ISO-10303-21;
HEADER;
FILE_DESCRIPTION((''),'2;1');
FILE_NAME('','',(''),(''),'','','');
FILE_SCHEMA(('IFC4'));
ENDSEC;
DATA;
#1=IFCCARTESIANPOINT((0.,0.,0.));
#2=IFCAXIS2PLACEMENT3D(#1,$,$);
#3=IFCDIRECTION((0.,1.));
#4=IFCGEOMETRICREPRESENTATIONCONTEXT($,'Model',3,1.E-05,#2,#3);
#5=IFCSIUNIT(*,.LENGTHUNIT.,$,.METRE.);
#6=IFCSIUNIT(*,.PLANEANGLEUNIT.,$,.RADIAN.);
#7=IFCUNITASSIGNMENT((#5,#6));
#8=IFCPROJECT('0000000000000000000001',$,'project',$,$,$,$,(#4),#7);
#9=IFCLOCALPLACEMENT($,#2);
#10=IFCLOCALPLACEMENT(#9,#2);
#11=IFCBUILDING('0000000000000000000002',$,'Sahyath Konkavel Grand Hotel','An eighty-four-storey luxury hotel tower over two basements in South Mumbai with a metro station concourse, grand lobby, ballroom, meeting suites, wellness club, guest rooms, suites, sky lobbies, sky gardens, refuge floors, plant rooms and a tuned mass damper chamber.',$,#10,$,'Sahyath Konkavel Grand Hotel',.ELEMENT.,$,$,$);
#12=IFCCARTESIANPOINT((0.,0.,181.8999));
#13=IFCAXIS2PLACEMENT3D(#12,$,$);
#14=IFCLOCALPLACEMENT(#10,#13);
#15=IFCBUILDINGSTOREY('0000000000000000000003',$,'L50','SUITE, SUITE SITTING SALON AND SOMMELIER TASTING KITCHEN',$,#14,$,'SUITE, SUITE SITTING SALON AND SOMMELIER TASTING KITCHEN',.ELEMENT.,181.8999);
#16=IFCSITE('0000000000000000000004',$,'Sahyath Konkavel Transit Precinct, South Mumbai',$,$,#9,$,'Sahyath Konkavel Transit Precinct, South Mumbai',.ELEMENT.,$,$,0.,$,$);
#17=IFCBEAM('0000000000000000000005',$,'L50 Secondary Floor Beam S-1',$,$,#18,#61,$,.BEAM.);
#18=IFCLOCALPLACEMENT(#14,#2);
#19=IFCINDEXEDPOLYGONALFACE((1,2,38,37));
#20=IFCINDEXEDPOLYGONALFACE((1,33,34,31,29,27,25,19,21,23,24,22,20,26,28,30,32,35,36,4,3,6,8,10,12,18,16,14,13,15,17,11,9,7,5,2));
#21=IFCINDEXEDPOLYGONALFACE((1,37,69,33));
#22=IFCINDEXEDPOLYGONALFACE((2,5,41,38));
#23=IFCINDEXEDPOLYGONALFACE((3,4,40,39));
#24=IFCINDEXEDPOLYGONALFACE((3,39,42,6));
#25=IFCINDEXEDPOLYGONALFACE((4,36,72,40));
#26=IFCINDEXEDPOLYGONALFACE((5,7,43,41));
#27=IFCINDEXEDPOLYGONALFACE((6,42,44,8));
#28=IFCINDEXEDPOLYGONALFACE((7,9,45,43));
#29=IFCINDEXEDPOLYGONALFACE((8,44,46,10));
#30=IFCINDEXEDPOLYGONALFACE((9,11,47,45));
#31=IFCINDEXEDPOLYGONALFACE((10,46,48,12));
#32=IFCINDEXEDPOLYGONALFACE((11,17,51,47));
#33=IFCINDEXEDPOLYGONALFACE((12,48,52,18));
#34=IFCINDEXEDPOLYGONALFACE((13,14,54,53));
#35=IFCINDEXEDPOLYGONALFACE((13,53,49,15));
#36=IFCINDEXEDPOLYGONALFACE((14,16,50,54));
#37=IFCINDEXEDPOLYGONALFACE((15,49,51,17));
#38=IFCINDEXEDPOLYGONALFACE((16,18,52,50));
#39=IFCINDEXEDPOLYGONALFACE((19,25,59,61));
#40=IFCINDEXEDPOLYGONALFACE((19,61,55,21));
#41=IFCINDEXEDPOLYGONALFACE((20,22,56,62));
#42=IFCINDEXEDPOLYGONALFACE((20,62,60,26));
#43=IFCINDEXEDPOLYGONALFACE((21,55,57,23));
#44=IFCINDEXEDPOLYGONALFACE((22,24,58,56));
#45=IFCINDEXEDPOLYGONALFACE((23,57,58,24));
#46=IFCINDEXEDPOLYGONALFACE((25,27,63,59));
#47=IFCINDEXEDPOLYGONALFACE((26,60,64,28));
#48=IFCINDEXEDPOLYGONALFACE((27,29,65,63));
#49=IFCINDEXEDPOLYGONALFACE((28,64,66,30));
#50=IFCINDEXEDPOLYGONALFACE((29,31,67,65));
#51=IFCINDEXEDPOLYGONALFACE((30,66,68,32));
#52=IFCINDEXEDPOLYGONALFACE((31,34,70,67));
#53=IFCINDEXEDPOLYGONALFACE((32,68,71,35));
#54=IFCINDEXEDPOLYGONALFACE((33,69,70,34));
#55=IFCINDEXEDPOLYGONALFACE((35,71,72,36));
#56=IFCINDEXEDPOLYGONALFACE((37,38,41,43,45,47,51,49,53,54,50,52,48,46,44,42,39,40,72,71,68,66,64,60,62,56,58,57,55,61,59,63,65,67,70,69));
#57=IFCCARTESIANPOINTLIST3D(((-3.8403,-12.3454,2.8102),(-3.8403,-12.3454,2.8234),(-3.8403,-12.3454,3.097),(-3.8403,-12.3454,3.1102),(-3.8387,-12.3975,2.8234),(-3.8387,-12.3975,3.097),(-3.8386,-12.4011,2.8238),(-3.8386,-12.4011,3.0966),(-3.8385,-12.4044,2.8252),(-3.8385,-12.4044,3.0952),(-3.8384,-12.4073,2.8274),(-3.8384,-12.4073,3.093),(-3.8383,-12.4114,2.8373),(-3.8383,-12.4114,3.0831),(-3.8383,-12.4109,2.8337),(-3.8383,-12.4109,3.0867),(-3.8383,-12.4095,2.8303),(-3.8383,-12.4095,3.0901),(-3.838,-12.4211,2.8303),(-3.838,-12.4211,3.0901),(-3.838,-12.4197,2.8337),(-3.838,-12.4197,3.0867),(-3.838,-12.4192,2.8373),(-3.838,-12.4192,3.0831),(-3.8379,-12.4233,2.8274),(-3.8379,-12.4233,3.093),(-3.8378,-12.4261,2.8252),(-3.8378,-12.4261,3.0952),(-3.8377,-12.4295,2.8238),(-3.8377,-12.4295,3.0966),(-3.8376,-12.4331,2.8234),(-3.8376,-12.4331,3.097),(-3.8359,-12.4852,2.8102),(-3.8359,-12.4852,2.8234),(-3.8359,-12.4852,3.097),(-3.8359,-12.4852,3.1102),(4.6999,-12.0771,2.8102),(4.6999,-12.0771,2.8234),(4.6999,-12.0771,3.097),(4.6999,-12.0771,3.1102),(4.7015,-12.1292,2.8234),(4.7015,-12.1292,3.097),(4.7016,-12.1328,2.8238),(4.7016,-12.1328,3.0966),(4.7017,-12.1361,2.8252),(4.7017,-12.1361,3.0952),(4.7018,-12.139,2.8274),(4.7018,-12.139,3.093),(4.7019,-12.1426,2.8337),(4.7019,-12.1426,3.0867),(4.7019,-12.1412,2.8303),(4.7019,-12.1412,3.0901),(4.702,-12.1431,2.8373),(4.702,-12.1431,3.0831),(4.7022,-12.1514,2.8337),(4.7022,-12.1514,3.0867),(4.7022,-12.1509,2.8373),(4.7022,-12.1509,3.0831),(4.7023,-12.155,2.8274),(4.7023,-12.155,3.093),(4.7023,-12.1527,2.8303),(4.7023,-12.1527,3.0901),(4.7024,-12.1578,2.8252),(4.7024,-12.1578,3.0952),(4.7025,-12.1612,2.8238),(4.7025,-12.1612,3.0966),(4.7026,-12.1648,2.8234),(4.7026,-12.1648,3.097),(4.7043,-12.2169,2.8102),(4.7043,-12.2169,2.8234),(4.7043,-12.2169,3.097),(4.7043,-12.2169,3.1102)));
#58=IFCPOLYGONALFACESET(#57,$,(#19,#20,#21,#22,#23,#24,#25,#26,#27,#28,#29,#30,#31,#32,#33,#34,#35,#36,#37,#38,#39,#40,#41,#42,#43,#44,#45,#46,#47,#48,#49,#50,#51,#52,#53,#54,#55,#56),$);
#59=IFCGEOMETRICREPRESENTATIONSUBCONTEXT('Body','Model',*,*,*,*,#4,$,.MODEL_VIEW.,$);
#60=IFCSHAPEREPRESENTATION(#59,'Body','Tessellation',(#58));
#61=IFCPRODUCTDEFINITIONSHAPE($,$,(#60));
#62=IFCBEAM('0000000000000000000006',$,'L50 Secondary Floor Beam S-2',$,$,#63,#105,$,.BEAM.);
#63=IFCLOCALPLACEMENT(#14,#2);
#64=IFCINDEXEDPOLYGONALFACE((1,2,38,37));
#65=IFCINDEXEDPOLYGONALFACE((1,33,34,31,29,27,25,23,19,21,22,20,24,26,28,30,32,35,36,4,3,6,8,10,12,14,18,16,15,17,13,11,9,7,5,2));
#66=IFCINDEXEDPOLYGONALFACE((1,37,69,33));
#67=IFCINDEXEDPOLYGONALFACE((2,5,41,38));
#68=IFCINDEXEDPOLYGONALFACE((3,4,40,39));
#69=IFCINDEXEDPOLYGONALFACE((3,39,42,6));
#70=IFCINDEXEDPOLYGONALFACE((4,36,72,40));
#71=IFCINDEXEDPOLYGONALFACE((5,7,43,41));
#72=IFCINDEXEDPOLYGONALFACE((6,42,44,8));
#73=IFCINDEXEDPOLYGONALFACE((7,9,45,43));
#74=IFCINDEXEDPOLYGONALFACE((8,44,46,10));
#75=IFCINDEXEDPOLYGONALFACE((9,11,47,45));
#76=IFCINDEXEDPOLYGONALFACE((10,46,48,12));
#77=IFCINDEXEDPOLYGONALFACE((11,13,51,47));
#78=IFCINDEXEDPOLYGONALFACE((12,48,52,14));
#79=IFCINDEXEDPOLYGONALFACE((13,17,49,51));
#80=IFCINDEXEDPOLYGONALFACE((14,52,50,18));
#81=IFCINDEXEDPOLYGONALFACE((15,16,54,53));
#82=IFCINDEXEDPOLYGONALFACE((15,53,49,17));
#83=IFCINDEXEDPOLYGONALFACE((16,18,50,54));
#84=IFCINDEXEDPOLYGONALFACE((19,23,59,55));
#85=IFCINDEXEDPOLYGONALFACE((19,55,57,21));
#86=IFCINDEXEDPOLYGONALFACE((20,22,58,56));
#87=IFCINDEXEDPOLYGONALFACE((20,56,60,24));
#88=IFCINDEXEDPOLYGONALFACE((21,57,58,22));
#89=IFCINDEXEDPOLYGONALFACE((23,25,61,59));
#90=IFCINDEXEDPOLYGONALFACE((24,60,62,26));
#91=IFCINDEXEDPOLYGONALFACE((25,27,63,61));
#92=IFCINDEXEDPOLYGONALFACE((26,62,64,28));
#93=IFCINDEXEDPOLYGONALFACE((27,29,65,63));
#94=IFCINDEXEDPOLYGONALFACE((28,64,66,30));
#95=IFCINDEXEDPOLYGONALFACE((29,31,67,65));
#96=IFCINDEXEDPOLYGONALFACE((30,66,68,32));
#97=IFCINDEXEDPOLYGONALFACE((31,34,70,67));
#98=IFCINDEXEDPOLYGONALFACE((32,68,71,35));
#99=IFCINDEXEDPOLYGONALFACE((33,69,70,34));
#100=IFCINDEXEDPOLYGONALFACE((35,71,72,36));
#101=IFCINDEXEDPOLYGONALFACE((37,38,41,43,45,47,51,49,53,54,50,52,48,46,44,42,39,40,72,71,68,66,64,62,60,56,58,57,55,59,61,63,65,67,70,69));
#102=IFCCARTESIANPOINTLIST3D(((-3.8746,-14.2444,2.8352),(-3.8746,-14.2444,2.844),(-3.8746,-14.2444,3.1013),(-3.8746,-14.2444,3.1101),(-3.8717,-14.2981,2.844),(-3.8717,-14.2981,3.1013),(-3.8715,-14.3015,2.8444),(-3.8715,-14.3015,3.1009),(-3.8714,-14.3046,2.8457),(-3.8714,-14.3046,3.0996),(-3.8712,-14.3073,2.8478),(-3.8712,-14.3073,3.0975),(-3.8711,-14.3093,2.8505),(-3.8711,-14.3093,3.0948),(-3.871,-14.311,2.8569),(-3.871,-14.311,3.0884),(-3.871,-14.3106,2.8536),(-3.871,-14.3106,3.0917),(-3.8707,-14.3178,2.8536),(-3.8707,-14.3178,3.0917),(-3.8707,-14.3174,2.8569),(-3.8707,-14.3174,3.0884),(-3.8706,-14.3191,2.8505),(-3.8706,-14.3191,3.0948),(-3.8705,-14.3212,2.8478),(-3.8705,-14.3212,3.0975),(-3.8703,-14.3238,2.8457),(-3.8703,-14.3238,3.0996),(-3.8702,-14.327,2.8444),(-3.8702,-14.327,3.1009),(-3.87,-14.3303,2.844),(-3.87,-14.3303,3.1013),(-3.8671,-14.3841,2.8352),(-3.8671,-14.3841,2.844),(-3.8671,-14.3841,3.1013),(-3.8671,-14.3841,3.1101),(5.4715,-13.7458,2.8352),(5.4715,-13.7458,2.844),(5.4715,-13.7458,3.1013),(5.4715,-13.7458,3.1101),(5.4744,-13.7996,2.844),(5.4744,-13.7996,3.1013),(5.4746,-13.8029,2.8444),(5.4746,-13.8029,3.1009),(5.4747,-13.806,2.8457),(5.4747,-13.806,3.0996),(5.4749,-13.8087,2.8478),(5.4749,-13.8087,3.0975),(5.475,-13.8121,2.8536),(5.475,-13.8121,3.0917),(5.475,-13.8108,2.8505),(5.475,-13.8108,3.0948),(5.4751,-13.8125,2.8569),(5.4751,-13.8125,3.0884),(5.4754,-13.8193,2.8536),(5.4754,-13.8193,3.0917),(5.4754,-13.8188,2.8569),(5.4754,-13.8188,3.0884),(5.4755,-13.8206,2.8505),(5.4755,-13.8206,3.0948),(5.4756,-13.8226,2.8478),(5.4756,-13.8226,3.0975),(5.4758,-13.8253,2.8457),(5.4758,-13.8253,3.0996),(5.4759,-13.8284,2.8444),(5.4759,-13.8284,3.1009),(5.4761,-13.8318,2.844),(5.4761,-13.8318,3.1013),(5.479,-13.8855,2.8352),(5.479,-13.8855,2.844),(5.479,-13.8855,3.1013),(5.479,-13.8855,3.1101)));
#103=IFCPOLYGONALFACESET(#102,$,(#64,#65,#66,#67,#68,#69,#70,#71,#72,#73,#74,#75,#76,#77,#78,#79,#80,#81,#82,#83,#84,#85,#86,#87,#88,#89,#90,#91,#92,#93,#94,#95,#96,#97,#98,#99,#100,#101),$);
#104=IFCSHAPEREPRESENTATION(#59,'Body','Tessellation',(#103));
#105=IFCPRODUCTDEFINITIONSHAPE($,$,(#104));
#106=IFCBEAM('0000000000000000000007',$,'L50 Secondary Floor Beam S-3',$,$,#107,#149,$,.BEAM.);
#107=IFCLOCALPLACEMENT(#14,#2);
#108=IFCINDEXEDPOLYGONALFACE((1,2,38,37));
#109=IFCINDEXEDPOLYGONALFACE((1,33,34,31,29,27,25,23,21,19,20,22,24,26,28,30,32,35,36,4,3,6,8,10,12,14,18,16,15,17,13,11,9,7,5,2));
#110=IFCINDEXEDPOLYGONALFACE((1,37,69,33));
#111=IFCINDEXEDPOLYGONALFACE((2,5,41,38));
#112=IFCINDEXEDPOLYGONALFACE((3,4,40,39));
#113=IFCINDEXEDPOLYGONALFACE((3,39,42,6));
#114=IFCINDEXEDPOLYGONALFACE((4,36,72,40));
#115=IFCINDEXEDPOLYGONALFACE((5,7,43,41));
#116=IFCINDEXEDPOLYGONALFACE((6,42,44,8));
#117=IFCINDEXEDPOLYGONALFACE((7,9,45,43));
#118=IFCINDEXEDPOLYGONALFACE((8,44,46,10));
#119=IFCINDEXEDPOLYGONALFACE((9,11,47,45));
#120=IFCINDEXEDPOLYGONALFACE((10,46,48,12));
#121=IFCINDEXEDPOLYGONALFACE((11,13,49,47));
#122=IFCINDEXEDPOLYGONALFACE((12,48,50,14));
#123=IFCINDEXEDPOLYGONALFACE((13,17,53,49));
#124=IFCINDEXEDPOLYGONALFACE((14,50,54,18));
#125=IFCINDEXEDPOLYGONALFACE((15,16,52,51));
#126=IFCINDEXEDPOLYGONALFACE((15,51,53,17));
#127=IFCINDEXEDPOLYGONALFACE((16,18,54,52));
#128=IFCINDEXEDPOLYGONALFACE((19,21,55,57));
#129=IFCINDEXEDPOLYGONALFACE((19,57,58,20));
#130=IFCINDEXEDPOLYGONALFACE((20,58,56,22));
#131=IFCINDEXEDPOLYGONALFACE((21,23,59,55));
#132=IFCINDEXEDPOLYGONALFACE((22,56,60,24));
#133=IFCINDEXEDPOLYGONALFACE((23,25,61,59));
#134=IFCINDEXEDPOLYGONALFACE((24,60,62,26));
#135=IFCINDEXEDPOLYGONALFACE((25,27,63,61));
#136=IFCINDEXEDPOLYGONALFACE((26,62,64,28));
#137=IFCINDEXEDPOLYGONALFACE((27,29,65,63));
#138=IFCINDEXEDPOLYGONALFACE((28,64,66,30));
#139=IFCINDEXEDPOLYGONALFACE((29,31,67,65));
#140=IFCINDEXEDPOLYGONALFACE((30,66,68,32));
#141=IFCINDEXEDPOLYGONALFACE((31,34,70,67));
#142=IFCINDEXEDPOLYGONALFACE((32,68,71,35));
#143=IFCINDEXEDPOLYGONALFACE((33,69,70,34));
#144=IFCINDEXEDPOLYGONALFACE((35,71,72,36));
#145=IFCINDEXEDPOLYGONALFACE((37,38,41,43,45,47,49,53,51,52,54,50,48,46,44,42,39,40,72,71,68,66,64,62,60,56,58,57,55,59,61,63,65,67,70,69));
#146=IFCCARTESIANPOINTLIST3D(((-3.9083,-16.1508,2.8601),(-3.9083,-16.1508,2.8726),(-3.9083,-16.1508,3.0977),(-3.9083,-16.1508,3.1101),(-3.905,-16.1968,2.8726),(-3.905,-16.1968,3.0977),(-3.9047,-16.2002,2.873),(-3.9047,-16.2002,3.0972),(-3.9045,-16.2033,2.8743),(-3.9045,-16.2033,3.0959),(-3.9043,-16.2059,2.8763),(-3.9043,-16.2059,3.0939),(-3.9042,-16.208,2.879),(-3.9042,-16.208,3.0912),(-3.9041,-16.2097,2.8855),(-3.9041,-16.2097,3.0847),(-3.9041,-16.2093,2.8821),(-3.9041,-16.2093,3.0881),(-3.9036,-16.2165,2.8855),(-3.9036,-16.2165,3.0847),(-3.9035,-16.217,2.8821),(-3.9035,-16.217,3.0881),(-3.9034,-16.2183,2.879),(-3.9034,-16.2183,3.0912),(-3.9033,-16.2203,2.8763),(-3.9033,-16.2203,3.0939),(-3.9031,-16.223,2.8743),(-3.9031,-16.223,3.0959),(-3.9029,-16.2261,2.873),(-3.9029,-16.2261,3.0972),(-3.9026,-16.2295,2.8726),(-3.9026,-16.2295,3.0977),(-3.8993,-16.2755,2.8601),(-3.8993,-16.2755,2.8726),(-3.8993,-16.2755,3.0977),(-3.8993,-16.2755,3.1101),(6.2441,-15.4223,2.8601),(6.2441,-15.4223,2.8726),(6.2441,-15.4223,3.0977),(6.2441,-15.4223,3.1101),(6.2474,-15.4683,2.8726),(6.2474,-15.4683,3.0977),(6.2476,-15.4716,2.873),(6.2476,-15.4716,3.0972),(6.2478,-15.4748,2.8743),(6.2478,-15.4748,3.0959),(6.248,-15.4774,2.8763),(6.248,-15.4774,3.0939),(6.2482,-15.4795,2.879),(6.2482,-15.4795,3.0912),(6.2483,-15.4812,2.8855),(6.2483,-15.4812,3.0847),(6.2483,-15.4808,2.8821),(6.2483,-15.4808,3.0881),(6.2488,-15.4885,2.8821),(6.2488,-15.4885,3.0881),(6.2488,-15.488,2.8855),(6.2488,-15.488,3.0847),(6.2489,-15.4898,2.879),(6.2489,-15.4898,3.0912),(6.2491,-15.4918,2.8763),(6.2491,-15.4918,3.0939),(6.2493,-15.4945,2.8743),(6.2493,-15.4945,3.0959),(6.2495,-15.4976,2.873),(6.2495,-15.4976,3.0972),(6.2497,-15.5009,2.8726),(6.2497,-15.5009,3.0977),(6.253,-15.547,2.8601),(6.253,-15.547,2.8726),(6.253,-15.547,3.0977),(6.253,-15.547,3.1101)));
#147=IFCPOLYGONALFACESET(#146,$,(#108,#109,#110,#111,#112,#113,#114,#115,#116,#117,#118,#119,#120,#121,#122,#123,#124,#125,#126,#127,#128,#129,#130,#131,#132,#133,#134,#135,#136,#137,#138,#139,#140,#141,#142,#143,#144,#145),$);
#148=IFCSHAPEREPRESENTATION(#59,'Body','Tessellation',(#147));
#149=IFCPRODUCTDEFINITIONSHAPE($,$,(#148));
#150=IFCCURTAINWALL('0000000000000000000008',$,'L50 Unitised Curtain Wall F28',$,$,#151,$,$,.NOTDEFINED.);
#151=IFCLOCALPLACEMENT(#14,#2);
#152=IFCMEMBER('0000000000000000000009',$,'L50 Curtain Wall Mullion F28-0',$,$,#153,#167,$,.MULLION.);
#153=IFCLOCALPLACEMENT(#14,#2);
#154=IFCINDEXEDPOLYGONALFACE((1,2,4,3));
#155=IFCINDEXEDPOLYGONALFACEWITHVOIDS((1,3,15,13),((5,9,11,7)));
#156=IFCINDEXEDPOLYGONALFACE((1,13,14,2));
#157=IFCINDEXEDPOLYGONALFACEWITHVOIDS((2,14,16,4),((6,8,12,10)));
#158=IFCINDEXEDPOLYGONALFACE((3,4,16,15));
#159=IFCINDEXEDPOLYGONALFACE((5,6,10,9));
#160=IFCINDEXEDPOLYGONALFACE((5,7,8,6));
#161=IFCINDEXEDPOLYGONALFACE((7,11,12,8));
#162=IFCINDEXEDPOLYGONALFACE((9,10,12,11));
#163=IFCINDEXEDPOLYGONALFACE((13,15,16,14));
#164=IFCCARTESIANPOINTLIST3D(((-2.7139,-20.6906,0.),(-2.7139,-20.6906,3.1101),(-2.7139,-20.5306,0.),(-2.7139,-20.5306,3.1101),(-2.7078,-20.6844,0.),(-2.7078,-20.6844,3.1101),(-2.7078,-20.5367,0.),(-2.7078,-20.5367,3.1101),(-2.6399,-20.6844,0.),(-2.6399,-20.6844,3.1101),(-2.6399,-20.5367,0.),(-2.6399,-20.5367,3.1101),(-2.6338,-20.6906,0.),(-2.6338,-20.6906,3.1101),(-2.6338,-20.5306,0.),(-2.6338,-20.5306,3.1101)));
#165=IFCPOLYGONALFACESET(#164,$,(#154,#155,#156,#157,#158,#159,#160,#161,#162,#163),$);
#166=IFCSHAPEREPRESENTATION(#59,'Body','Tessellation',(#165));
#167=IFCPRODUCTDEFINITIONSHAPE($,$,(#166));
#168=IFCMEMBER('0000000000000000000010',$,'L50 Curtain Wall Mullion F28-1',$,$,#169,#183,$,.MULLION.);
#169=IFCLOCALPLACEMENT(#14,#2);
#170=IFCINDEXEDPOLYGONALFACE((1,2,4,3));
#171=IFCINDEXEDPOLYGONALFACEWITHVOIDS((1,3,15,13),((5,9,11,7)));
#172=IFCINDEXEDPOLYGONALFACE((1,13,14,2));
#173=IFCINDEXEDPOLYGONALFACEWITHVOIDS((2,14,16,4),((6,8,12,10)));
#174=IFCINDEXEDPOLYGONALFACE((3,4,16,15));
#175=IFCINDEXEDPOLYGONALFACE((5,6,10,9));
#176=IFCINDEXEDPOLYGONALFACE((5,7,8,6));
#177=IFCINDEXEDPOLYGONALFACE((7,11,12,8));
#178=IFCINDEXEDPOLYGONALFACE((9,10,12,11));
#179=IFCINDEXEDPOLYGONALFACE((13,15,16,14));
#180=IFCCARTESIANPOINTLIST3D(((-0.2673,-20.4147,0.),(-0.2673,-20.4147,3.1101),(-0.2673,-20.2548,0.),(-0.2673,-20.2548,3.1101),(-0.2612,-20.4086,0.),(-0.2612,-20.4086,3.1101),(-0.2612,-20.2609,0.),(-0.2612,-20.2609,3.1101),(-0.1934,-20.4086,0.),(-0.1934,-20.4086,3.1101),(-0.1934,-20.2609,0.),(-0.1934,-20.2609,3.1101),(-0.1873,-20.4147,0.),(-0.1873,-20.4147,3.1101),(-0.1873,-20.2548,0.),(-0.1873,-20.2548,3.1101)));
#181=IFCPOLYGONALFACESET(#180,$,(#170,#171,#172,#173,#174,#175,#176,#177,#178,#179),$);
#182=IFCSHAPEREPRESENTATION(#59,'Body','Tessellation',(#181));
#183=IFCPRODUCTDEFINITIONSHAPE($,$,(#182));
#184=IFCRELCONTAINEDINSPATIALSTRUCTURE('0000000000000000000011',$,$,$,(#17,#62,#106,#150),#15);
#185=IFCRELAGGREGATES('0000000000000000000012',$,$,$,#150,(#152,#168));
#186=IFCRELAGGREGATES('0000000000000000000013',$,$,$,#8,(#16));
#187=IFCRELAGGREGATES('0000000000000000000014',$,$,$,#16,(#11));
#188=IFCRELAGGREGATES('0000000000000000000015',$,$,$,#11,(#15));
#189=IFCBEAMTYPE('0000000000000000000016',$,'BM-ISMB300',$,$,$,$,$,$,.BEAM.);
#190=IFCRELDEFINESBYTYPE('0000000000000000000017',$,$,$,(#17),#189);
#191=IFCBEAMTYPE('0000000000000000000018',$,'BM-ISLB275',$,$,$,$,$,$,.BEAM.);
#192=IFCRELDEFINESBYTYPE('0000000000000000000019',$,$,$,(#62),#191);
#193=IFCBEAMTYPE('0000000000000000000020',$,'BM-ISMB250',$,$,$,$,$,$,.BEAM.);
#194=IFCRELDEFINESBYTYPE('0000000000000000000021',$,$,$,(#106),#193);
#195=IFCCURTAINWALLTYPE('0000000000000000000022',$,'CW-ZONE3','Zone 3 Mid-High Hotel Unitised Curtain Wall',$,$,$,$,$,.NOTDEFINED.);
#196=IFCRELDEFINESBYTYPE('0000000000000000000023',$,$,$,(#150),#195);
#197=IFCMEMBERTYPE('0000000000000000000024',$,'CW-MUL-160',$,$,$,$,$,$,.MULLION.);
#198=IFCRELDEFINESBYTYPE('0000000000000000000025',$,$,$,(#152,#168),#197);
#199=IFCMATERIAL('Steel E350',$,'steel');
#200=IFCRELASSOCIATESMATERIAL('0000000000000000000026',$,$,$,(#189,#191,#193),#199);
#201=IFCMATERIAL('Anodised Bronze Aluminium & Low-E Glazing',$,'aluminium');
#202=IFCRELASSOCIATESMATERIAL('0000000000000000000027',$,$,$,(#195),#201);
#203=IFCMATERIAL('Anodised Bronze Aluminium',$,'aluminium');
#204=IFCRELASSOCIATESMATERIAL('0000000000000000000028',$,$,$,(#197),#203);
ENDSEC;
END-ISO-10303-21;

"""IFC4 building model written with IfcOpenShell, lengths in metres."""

from ifc_helpers import new_model, si_unit, direction, frame, origin, origin_2d, place, context, subcontext, project, spatial, hollow_rectangle, i_section, extrude, source, transform, mapped, material, material_profile, profile_set, type_object, element, aggregate, save


model = new_model("IFC4")

# Units and contexts
model_context = context("Model", 3, precision=1e-05, world=origin(), true_north=direction((0.0, 1.0)))
body_context = subcontext(model_context, "Body", "Model", "MODEL_VIEW")
ifc_project = project(units=[si_unit("LENGTHUNIT", "METRE"), si_unit("PLANEANGLEUNIT", "RADIAN")], contexts=[model_context])

# Site, building, storey
site_placement = place(None, origin())
site = spatial("IfcSite", under=ifc_project, at=site_placement, Name="Sahyath Konkavel Transit Precinct, South Mumbai", LongName="Sahyath Konkavel Transit Precinct, South Mumbai", CompositionType="ELEMENT", RefElevation=0.0)
building_placement = place(site_placement, origin())
building = spatial("IfcBuilding", under=site, at=building_placement, Name="Sahyath Konkavel Grand Hotel", Description="An eighty-four-storey luxury hotel tower over two basements in South Mumbai with a metro station concourse, grand lobby, ballroom, meeting suites, wellness club, guest rooms, suites, sky lobbies, sky gardens, refuge floors, plant rooms and a tuned mass damper chamber.", LongName="Sahyath Konkavel Grand Hotel", CompositionType="ELEMENT")
storey_placement = place(building_placement, frame((0.0, 0.0, 181.8999)))
storey = spatial("IfcBuildingStorey", under=building, at=storey_placement, Name="L50", Description="SUITE, SUITE SITTING SALON AND SOMMELIER TASTING KITCHEN", LongName="SUITE, SUITE SITTING SALON AND SOMMELIER TASTING KITCHEN", CompositionType="ELEMENT", Elevation=181.8999)

# Beams
ifc_material_1 = material(Name="Steel E350", Category="steel")
ifc_material_profile_1 = material_profile(ifc_material_1, i_section(OverallWidth=0.1399, OverallDepth=0.3, WebThickness=0.0078, FlangeThickness=0.0132, FilletRadius=0.0139, at=origin_2d()), Name="ISMB 300")
ifc_profile_set_1 = profile_set([ifc_material_profile_1], Name="Steel E350")
beam_type_1 = type_object("IfcBeamType", Name="BM-ISMB300", PredefinedType="BEAM", material=ifc_profile_set_1)
shared_shape_1 = source(origin(), body_context, "Body", "SweptSolid", [
    extrude(i_section(OverallWidth=0.1399, OverallDepth=0.3, WebThickness=0.0078, FlangeThickness=0.0132, FilletRadius=0.0139, at=origin_2d()), origin(), (0.0, 0.0, 1.0), 8.5444),
])
beam_1_placement = place(storey_placement, frame((-3.8381, -12.4153, 2.9602), z_axis=(0.999507, 0.031402, 0.0), x_axis=(-0.031402, 0.999507, 0.0)))
element("IfcBeam", 1, at=beam_1_placement, inside=storey, type_object=beam_type_1, Name="L50 Secondary Floor Beam S-1", PredefinedType="BEAM", context=body_context, shape_type="MappedRepresentation", body=[
    mapped(shared_shape_1, transform((0.0, 0.0, 0.0), scale=1.0)),
])
ifc_material_profile_2 = material_profile(ifc_material_1, i_section(OverallWidth=0.1399, OverallDepth=0.2749, WebThickness=0.0063, FlangeThickness=0.0088, FilletRadius=0.0129, at=origin_2d()), Name="ISLB 275")
ifc_profile_set_2 = profile_set([ifc_material_profile_2], Name="Steel E350")
beam_type_2 = type_object("IfcBeamType", Name="BM-ISLB275", PredefinedType="BEAM", material=ifc_profile_set_2)
shared_shape_2 = source(origin(), body_context, "Body", "SweptSolid", [
    extrude(i_section(OverallWidth=0.1399, OverallDepth=0.2749, WebThickness=0.0063, FlangeThickness=0.0088, FilletRadius=0.0129, at=origin_2d()), origin(), (0.0, 0.0, 1.0), 9.3594),
])
beam_2_placement = place(storey_placement, frame((-3.8708, -14.3142, 2.9727), z_axis=(0.99858, 0.053265, 0.0), x_axis=(-0.053265, 0.99858, 0.0)))
element("IfcBeam", 2, at=beam_2_placement, inside=storey, type_object=beam_type_2, Name="L50 Secondary Floor Beam S-2", PredefinedType="BEAM", context=body_context, shape_type="MappedRepresentation", body=[
    mapped(shared_shape_2, transform((0.0, 0.0, 0.0), scale=1.0)),
])
ifc_material_profile_3 = material_profile(ifc_material_1, i_section(OverallWidth=0.125, OverallDepth=0.25, WebThickness=0.0068, FlangeThickness=0.0125, FilletRadius=0.0129, at=origin_2d()), Name="ISMB 250")
ifc_profile_set_3 = profile_set([ifc_material_profile_3], Name="Steel E350")
beam_type_3 = type_object("IfcBeamType", Name="BM-ISMB250", PredefinedType="BEAM", material=ifc_profile_set_3)
shared_shape_3 = source(origin(), body_context, "Body", "SweptSolid", [
    extrude(i_section(OverallWidth=0.125, OverallDepth=0.25, WebThickness=0.0068, FlangeThickness=0.0125, FilletRadius=0.0129, at=origin_2d()), origin(), (0.0, 0.0, 1.0), 10.1785),
])
beam_3_placement = place(storey_placement, frame((-3.9038, -16.2131, 2.9851), z_axis=(0.997435, 0.071574, 0.0), x_axis=(-0.071574, 0.997435, 0.0)))
element("IfcBeam", 3, at=beam_3_placement, inside=storey, type_object=beam_type_3, Name="L50 Secondary Floor Beam S-3", PredefinedType="BEAM", context=body_context, shape_type="MappedRepresentation", body=[
    mapped(shared_shape_3, transform((0.0, 0.0, 0.0), scale=1.0)),
])

# Curtain wall, members
ifc_material_2 = material(Name="Anodised Bronze Aluminium & Low-E Glazing", Category="aluminium")
curtain_wall_type = type_object("IfcCurtainWallType", Name="CW-ZONE3", Description="Zone 3 Mid-High Hotel Unitised Curtain Wall", PredefinedType="NOTDEFINED", material=ifc_material_2)
curtain_wall_placement = place(storey_placement, origin())
curtain_wall = element("IfcCurtainWall", 4, at=curtain_wall_placement, inside=storey, type_object=curtain_wall_type, Name="L50 Unitised Curtain Wall F28", PredefinedType="NOTDEFINED")
ifc_material_3 = material(Name="Anodised Bronze Aluminium", Category="aluminium")
ifc_material_profile_4 = material_profile(ifc_material_3, hollow_rectangle(XDim=0.0801, YDim=0.1599, WallThickness=0.0061, at=origin_2d()), Name="RHS 160x80x6")
ifc_profile_set_4 = profile_set([ifc_material_profile_4], Name="Anodised Bronze Aluminium")
member_type_1 = type_object("IfcMemberType", Name="CW-MUL-160", PredefinedType="MULLION", material=ifc_profile_set_4)
shared_shape_4 = source(origin(), body_context, "Body", "SweptSolid", [
    extrude(hollow_rectangle(XDim=0.0801, YDim=0.1599, WallThickness=0.0061, at=origin_2d()), origin(), (0.0, 0.0, 1.0), 3.1101),
])
member_1_placement = place(storey_placement, frame((-2.6738, -20.6106, 0.0), z_axis=(0.0, 0.0, 1.0), x_axis=(1.0, 0.0, 0.0)))
member_1 = element("IfcMember", 5, at=member_1_placement, type_object=member_type_1, Name="L50 Curtain Wall Mullion F28-0", PredefinedType="MULLION", context=body_context, shape_type="MappedRepresentation", body=[
    mapped(shared_shape_4, transform((0.0, 0.0, 0.0), scale=1.0)),
])
member_2_placement = place(storey_placement, frame((-0.2273, -20.3347, 0.0), z_axis=(0.0, 0.0, 1.0), x_axis=(1.0, 0.0, 0.0)))
member_2 = element("IfcMember", 6, at=member_2_placement, type_object=member_type_1, Name="L50 Curtain Wall Mullion F28-1", PredefinedType="MULLION", context=body_context, shape_type="MappedRepresentation", body=[
    mapped(shared_shape_4, transform((0.0, 0.0, 0.0), scale=1.0)),
])
aggregate(curtain_wall, [member_1, member_2])

save(model, "model.ifc")
